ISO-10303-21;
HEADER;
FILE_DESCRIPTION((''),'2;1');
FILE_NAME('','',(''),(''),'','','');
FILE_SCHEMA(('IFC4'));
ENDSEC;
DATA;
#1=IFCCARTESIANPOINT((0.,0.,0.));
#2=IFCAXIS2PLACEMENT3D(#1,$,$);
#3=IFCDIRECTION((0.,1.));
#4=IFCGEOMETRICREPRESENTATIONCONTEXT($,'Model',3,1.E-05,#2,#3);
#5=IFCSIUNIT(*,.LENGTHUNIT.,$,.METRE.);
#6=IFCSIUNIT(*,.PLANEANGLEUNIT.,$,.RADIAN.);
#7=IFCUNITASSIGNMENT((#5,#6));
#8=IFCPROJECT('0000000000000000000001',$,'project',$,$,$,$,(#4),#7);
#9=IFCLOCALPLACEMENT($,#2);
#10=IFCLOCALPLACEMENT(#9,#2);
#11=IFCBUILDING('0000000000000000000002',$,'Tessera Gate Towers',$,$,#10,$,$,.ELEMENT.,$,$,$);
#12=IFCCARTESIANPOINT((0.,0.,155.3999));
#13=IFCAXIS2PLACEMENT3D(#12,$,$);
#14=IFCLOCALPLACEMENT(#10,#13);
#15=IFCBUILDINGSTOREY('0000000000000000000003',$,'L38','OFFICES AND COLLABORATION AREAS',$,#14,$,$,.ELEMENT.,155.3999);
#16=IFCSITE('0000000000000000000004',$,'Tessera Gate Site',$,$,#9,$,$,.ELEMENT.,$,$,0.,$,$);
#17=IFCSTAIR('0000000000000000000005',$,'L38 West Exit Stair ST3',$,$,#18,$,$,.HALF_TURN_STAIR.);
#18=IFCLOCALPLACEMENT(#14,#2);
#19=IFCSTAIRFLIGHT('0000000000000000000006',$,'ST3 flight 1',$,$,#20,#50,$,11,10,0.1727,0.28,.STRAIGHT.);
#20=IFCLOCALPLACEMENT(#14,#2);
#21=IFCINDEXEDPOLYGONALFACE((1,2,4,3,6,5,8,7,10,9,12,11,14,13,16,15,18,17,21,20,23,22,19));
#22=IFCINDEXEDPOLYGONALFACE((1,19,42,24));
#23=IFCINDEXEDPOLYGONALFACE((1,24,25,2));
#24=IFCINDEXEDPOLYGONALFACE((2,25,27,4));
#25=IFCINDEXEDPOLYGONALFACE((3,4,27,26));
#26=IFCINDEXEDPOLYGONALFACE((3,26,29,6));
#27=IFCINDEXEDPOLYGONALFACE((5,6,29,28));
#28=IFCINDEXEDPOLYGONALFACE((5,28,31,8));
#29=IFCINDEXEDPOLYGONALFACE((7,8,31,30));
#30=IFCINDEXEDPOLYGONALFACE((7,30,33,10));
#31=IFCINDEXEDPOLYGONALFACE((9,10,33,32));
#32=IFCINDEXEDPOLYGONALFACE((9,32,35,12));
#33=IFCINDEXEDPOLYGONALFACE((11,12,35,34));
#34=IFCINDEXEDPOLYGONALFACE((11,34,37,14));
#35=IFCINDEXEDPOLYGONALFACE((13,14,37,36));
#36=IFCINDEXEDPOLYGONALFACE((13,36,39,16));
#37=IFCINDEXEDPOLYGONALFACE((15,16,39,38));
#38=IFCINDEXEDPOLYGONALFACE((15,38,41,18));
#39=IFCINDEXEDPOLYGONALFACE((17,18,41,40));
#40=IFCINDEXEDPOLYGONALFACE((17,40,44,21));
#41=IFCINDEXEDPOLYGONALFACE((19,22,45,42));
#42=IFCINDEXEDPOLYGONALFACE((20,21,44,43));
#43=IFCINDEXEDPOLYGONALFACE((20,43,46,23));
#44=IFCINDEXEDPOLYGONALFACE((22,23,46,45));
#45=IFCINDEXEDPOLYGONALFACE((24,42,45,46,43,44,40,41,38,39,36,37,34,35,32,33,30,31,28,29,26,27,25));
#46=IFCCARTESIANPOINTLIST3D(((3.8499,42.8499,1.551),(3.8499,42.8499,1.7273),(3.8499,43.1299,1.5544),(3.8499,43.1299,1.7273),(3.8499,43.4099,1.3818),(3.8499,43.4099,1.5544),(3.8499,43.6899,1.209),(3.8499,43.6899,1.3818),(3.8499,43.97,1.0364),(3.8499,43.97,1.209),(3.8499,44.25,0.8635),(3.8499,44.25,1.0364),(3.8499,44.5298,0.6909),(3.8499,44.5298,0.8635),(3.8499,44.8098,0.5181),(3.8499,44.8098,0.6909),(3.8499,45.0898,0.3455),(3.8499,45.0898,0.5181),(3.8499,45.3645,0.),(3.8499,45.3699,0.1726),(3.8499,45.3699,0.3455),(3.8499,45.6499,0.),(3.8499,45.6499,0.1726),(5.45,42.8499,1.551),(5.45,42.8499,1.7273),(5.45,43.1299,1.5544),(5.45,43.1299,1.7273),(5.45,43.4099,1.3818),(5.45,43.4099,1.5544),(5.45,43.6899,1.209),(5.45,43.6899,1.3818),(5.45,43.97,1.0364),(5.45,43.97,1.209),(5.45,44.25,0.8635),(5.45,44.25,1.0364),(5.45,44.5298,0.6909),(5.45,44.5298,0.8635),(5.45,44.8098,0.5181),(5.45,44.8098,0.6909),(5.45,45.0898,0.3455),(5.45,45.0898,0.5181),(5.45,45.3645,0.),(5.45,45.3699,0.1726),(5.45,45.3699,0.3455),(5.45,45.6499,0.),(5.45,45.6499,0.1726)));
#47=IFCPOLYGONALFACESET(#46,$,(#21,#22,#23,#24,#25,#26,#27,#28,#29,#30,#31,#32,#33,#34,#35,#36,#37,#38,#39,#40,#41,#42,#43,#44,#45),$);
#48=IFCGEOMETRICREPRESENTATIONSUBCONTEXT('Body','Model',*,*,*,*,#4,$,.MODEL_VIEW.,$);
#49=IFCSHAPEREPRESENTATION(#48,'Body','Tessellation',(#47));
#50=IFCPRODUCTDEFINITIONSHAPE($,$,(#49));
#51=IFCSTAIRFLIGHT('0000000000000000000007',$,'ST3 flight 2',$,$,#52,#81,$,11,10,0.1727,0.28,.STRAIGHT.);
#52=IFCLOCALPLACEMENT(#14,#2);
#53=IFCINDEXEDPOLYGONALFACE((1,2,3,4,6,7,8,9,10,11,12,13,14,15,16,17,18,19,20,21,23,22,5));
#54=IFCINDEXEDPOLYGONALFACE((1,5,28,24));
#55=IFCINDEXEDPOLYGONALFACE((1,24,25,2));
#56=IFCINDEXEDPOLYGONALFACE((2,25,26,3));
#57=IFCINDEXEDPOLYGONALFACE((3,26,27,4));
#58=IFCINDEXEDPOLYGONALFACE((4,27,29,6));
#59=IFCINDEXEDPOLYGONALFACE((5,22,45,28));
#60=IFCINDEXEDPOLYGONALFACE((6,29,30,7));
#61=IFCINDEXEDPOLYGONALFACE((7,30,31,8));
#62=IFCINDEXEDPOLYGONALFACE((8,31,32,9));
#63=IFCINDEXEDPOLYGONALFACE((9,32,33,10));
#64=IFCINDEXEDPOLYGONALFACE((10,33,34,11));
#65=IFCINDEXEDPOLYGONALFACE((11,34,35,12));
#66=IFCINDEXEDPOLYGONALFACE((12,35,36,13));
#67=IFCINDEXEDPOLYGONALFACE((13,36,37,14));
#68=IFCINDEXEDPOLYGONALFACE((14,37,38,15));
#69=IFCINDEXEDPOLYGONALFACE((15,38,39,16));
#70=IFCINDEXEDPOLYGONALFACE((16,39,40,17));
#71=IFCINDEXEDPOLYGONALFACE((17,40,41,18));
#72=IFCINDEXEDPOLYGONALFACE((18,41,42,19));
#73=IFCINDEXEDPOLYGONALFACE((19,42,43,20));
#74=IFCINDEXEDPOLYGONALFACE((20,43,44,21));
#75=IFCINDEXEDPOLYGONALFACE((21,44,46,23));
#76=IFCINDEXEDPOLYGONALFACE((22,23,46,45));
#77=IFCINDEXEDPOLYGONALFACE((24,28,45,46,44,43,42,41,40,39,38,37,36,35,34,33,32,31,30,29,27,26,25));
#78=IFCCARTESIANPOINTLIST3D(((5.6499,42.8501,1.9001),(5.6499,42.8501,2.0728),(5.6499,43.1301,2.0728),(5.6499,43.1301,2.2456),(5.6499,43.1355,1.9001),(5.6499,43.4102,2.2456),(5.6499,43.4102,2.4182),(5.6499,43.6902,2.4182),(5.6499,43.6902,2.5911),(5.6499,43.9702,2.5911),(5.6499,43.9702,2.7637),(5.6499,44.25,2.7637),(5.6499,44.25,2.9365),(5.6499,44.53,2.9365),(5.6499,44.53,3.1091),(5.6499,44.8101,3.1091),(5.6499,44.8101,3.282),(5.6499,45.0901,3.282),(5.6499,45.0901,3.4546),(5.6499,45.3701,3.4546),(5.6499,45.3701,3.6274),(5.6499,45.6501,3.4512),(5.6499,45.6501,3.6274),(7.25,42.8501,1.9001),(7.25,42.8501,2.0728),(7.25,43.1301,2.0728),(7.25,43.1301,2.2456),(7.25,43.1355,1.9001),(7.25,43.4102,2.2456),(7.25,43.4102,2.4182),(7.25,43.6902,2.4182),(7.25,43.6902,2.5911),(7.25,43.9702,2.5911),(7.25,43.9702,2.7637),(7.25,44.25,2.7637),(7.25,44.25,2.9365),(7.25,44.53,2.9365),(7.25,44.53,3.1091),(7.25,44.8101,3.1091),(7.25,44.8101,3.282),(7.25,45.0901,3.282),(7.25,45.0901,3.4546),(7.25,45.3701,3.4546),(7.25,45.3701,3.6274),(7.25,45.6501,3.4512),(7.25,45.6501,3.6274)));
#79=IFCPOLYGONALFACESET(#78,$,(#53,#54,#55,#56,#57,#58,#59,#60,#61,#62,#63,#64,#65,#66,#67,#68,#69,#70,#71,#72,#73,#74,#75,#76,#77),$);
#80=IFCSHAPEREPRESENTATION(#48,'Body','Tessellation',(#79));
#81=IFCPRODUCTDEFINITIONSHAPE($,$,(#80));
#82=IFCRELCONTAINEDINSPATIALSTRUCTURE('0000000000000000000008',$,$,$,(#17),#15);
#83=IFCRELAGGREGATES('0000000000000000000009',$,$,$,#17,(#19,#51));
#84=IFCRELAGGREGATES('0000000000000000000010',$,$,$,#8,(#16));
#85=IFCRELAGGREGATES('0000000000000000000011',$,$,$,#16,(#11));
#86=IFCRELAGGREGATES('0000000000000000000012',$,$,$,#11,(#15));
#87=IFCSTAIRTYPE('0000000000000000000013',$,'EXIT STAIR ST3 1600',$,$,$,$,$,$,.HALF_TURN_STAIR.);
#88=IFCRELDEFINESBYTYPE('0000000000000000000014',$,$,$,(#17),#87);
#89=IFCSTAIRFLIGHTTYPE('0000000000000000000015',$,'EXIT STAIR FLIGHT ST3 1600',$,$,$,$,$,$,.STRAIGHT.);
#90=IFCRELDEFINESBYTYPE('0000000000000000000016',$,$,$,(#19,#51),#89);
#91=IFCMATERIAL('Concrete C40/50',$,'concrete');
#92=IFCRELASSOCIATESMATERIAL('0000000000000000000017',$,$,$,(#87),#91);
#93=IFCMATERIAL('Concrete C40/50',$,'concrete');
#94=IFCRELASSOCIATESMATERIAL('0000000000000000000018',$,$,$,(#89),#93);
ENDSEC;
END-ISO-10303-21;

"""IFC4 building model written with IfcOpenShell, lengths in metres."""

from ifc_helpers import new_model, si_unit, direction, frame, origin, place, context, subcontext, project, spatial, polyline, outline, extrude, material, type_object, element, aggregate, save


model = new_model("IFC4")

# Units and contexts
model_context = context("Model", 3, precision=1e-05, world=origin(), true_north=direction((0.0, 1.0)))
body_context = subcontext(model_context, "Body", "Model", "MODEL_VIEW")
ifc_project = project(units=[si_unit("LENGTHUNIT", "METRE"), si_unit("PLANEANGLEUNIT", "RADIAN")], contexts=[model_context])

# Site, building, storey
site_placement = place(None, origin())
site = spatial("IfcSite", under=ifc_project, at=site_placement, Name="Tessera Gate Site", CompositionType="ELEMENT", RefElevation=0.0)
building_placement = place(site_placement, origin())
building = spatial("IfcBuilding", under=site, at=building_placement, Name="Tessera Gate Towers", CompositionType="ELEMENT")
storey_placement = place(building_placement, frame((0.0, 0.0, 155.3999)))
storey = spatial("IfcBuildingStorey", under=building, at=storey_placement, Name="L38", Description="OFFICES AND COLLABORATION AREAS", CompositionType="ELEMENT", Elevation=155.3999)

# Stair, stair flights
ifc_material_1 = material(Name="Concrete C40/50", Category="concrete")
stair_type = type_object("IfcStairType", Name="EXIT STAIR ST3 1600", PredefinedType="HALF_TURN_STAIR", material=ifc_material_1)
stair_placement = place(storey_placement, origin())
stair = element("IfcStair", 1, at=stair_placement, inside=storey, type_object=stair_type, Name="L38 West Exit Stair ST3", PredefinedType="HALF_TURN_STAIR")
ifc_material_2 = material(Name="Concrete C40/50", Category="concrete")
stair_flight_type = type_object("IfcStairFlightType", Name="EXIT STAIR FLIGHT ST3 1600", PredefinedType="STRAIGHT", material=ifc_material_2)
stair_flight_1_placement = place(storey_placement, frame((4.6499, 45.6499, 0.0), z_axis=(0.0, 0.0, 1.0), x_axis=(0.0, -1.0, 0.0)))
stair_flight_1 = element("IfcStairFlight", 2, at=stair_flight_1_placement, type_object=stair_flight_type, Name="ST3 flight 1", NumberOfRisers=11, NumberOfTreads=10, PredefinedType="STRAIGHT", RiserHeight=0.1727, TreadLength=0.28, context=body_context, shape_type="SweptSolid", body=[
    extrude(outline(polyline([(0.0, 0.0), (0.0, 0.1726), (0.28, 0.1726), (0.28, 0.3455), (0.5601, 0.3455), (0.5601, 0.5181), (0.8401, 0.5181), (0.8401, 0.6909), (1.1201, 0.6909), (1.1201, 0.8635), (1.3999, 0.8635), (1.3999, 1.0364), (1.6799, 1.0364), (1.6799, 1.209), (1.96, 1.209), (1.96, 1.3818), (2.24, 1.3818), (2.24, 1.5544), (2.52, 1.5544), (2.52, 1.7273), (2.8, 1.7273), (2.8, 1.8999), (2.8, 1.551), (0.2854, 0.0), (0.0, 0.0)])), frame((0.0, 0.8, 0.0), z_axis=(0.0, -1.0, 0.0), x_axis=(1.0, 0.0, 0.0)), (0.0, 0.0, 1.0), 1.6001),
])
stair_flight_2_placement = place(storey_placement, frame((6.45, 42.8501, 1.9001), z_axis=(0.0, 0.0, 1.0), x_axis=(0.0, 1.0, 0.0)))
stair_flight_2 = element("IfcStairFlight", 3, at=stair_flight_2_placement, type_object=stair_flight_type, Name="ST3 flight 2", NumberOfRisers=11, NumberOfTreads=10, PredefinedType="STRAIGHT", RiserHeight=0.1727, TreadLength=0.28, context=body_context, shape_type="SweptSolid", body=[
    extrude(outline(polyline([(0.0, 0.0), (0.0, 0.1726), (0.28, 0.1726), (0.28, 0.3455), (0.5601, 0.3455), (0.5601, 0.5181), (0.8401, 0.5181), (0.8401, 0.6909), (1.1201, 0.6909), (1.1201, 0.8635), (1.3999, 0.8635), (1.3999, 1.0364), (1.6799, 1.0364), (1.6799, 1.209), (1.96, 1.209), (1.96, 1.3818), (2.24, 1.3818), (2.24, 1.5544), (2.52, 1.5544), (2.52, 1.7273), (2.8, 1.7273), (2.8, 1.8999), (2.8, 1.551), (0.2854, 0.0), (0.0, 0.0)])), frame((0.0, 0.8, 0.0), z_axis=(0.0, -1.0, 0.0), x_axis=(1.0, 0.0, 0.0)), (0.0, 0.0, 1.0), 1.6001),
])
aggregate(stair, [stair_flight_1, stair_flight_2])

save(model, "model.ifc")
